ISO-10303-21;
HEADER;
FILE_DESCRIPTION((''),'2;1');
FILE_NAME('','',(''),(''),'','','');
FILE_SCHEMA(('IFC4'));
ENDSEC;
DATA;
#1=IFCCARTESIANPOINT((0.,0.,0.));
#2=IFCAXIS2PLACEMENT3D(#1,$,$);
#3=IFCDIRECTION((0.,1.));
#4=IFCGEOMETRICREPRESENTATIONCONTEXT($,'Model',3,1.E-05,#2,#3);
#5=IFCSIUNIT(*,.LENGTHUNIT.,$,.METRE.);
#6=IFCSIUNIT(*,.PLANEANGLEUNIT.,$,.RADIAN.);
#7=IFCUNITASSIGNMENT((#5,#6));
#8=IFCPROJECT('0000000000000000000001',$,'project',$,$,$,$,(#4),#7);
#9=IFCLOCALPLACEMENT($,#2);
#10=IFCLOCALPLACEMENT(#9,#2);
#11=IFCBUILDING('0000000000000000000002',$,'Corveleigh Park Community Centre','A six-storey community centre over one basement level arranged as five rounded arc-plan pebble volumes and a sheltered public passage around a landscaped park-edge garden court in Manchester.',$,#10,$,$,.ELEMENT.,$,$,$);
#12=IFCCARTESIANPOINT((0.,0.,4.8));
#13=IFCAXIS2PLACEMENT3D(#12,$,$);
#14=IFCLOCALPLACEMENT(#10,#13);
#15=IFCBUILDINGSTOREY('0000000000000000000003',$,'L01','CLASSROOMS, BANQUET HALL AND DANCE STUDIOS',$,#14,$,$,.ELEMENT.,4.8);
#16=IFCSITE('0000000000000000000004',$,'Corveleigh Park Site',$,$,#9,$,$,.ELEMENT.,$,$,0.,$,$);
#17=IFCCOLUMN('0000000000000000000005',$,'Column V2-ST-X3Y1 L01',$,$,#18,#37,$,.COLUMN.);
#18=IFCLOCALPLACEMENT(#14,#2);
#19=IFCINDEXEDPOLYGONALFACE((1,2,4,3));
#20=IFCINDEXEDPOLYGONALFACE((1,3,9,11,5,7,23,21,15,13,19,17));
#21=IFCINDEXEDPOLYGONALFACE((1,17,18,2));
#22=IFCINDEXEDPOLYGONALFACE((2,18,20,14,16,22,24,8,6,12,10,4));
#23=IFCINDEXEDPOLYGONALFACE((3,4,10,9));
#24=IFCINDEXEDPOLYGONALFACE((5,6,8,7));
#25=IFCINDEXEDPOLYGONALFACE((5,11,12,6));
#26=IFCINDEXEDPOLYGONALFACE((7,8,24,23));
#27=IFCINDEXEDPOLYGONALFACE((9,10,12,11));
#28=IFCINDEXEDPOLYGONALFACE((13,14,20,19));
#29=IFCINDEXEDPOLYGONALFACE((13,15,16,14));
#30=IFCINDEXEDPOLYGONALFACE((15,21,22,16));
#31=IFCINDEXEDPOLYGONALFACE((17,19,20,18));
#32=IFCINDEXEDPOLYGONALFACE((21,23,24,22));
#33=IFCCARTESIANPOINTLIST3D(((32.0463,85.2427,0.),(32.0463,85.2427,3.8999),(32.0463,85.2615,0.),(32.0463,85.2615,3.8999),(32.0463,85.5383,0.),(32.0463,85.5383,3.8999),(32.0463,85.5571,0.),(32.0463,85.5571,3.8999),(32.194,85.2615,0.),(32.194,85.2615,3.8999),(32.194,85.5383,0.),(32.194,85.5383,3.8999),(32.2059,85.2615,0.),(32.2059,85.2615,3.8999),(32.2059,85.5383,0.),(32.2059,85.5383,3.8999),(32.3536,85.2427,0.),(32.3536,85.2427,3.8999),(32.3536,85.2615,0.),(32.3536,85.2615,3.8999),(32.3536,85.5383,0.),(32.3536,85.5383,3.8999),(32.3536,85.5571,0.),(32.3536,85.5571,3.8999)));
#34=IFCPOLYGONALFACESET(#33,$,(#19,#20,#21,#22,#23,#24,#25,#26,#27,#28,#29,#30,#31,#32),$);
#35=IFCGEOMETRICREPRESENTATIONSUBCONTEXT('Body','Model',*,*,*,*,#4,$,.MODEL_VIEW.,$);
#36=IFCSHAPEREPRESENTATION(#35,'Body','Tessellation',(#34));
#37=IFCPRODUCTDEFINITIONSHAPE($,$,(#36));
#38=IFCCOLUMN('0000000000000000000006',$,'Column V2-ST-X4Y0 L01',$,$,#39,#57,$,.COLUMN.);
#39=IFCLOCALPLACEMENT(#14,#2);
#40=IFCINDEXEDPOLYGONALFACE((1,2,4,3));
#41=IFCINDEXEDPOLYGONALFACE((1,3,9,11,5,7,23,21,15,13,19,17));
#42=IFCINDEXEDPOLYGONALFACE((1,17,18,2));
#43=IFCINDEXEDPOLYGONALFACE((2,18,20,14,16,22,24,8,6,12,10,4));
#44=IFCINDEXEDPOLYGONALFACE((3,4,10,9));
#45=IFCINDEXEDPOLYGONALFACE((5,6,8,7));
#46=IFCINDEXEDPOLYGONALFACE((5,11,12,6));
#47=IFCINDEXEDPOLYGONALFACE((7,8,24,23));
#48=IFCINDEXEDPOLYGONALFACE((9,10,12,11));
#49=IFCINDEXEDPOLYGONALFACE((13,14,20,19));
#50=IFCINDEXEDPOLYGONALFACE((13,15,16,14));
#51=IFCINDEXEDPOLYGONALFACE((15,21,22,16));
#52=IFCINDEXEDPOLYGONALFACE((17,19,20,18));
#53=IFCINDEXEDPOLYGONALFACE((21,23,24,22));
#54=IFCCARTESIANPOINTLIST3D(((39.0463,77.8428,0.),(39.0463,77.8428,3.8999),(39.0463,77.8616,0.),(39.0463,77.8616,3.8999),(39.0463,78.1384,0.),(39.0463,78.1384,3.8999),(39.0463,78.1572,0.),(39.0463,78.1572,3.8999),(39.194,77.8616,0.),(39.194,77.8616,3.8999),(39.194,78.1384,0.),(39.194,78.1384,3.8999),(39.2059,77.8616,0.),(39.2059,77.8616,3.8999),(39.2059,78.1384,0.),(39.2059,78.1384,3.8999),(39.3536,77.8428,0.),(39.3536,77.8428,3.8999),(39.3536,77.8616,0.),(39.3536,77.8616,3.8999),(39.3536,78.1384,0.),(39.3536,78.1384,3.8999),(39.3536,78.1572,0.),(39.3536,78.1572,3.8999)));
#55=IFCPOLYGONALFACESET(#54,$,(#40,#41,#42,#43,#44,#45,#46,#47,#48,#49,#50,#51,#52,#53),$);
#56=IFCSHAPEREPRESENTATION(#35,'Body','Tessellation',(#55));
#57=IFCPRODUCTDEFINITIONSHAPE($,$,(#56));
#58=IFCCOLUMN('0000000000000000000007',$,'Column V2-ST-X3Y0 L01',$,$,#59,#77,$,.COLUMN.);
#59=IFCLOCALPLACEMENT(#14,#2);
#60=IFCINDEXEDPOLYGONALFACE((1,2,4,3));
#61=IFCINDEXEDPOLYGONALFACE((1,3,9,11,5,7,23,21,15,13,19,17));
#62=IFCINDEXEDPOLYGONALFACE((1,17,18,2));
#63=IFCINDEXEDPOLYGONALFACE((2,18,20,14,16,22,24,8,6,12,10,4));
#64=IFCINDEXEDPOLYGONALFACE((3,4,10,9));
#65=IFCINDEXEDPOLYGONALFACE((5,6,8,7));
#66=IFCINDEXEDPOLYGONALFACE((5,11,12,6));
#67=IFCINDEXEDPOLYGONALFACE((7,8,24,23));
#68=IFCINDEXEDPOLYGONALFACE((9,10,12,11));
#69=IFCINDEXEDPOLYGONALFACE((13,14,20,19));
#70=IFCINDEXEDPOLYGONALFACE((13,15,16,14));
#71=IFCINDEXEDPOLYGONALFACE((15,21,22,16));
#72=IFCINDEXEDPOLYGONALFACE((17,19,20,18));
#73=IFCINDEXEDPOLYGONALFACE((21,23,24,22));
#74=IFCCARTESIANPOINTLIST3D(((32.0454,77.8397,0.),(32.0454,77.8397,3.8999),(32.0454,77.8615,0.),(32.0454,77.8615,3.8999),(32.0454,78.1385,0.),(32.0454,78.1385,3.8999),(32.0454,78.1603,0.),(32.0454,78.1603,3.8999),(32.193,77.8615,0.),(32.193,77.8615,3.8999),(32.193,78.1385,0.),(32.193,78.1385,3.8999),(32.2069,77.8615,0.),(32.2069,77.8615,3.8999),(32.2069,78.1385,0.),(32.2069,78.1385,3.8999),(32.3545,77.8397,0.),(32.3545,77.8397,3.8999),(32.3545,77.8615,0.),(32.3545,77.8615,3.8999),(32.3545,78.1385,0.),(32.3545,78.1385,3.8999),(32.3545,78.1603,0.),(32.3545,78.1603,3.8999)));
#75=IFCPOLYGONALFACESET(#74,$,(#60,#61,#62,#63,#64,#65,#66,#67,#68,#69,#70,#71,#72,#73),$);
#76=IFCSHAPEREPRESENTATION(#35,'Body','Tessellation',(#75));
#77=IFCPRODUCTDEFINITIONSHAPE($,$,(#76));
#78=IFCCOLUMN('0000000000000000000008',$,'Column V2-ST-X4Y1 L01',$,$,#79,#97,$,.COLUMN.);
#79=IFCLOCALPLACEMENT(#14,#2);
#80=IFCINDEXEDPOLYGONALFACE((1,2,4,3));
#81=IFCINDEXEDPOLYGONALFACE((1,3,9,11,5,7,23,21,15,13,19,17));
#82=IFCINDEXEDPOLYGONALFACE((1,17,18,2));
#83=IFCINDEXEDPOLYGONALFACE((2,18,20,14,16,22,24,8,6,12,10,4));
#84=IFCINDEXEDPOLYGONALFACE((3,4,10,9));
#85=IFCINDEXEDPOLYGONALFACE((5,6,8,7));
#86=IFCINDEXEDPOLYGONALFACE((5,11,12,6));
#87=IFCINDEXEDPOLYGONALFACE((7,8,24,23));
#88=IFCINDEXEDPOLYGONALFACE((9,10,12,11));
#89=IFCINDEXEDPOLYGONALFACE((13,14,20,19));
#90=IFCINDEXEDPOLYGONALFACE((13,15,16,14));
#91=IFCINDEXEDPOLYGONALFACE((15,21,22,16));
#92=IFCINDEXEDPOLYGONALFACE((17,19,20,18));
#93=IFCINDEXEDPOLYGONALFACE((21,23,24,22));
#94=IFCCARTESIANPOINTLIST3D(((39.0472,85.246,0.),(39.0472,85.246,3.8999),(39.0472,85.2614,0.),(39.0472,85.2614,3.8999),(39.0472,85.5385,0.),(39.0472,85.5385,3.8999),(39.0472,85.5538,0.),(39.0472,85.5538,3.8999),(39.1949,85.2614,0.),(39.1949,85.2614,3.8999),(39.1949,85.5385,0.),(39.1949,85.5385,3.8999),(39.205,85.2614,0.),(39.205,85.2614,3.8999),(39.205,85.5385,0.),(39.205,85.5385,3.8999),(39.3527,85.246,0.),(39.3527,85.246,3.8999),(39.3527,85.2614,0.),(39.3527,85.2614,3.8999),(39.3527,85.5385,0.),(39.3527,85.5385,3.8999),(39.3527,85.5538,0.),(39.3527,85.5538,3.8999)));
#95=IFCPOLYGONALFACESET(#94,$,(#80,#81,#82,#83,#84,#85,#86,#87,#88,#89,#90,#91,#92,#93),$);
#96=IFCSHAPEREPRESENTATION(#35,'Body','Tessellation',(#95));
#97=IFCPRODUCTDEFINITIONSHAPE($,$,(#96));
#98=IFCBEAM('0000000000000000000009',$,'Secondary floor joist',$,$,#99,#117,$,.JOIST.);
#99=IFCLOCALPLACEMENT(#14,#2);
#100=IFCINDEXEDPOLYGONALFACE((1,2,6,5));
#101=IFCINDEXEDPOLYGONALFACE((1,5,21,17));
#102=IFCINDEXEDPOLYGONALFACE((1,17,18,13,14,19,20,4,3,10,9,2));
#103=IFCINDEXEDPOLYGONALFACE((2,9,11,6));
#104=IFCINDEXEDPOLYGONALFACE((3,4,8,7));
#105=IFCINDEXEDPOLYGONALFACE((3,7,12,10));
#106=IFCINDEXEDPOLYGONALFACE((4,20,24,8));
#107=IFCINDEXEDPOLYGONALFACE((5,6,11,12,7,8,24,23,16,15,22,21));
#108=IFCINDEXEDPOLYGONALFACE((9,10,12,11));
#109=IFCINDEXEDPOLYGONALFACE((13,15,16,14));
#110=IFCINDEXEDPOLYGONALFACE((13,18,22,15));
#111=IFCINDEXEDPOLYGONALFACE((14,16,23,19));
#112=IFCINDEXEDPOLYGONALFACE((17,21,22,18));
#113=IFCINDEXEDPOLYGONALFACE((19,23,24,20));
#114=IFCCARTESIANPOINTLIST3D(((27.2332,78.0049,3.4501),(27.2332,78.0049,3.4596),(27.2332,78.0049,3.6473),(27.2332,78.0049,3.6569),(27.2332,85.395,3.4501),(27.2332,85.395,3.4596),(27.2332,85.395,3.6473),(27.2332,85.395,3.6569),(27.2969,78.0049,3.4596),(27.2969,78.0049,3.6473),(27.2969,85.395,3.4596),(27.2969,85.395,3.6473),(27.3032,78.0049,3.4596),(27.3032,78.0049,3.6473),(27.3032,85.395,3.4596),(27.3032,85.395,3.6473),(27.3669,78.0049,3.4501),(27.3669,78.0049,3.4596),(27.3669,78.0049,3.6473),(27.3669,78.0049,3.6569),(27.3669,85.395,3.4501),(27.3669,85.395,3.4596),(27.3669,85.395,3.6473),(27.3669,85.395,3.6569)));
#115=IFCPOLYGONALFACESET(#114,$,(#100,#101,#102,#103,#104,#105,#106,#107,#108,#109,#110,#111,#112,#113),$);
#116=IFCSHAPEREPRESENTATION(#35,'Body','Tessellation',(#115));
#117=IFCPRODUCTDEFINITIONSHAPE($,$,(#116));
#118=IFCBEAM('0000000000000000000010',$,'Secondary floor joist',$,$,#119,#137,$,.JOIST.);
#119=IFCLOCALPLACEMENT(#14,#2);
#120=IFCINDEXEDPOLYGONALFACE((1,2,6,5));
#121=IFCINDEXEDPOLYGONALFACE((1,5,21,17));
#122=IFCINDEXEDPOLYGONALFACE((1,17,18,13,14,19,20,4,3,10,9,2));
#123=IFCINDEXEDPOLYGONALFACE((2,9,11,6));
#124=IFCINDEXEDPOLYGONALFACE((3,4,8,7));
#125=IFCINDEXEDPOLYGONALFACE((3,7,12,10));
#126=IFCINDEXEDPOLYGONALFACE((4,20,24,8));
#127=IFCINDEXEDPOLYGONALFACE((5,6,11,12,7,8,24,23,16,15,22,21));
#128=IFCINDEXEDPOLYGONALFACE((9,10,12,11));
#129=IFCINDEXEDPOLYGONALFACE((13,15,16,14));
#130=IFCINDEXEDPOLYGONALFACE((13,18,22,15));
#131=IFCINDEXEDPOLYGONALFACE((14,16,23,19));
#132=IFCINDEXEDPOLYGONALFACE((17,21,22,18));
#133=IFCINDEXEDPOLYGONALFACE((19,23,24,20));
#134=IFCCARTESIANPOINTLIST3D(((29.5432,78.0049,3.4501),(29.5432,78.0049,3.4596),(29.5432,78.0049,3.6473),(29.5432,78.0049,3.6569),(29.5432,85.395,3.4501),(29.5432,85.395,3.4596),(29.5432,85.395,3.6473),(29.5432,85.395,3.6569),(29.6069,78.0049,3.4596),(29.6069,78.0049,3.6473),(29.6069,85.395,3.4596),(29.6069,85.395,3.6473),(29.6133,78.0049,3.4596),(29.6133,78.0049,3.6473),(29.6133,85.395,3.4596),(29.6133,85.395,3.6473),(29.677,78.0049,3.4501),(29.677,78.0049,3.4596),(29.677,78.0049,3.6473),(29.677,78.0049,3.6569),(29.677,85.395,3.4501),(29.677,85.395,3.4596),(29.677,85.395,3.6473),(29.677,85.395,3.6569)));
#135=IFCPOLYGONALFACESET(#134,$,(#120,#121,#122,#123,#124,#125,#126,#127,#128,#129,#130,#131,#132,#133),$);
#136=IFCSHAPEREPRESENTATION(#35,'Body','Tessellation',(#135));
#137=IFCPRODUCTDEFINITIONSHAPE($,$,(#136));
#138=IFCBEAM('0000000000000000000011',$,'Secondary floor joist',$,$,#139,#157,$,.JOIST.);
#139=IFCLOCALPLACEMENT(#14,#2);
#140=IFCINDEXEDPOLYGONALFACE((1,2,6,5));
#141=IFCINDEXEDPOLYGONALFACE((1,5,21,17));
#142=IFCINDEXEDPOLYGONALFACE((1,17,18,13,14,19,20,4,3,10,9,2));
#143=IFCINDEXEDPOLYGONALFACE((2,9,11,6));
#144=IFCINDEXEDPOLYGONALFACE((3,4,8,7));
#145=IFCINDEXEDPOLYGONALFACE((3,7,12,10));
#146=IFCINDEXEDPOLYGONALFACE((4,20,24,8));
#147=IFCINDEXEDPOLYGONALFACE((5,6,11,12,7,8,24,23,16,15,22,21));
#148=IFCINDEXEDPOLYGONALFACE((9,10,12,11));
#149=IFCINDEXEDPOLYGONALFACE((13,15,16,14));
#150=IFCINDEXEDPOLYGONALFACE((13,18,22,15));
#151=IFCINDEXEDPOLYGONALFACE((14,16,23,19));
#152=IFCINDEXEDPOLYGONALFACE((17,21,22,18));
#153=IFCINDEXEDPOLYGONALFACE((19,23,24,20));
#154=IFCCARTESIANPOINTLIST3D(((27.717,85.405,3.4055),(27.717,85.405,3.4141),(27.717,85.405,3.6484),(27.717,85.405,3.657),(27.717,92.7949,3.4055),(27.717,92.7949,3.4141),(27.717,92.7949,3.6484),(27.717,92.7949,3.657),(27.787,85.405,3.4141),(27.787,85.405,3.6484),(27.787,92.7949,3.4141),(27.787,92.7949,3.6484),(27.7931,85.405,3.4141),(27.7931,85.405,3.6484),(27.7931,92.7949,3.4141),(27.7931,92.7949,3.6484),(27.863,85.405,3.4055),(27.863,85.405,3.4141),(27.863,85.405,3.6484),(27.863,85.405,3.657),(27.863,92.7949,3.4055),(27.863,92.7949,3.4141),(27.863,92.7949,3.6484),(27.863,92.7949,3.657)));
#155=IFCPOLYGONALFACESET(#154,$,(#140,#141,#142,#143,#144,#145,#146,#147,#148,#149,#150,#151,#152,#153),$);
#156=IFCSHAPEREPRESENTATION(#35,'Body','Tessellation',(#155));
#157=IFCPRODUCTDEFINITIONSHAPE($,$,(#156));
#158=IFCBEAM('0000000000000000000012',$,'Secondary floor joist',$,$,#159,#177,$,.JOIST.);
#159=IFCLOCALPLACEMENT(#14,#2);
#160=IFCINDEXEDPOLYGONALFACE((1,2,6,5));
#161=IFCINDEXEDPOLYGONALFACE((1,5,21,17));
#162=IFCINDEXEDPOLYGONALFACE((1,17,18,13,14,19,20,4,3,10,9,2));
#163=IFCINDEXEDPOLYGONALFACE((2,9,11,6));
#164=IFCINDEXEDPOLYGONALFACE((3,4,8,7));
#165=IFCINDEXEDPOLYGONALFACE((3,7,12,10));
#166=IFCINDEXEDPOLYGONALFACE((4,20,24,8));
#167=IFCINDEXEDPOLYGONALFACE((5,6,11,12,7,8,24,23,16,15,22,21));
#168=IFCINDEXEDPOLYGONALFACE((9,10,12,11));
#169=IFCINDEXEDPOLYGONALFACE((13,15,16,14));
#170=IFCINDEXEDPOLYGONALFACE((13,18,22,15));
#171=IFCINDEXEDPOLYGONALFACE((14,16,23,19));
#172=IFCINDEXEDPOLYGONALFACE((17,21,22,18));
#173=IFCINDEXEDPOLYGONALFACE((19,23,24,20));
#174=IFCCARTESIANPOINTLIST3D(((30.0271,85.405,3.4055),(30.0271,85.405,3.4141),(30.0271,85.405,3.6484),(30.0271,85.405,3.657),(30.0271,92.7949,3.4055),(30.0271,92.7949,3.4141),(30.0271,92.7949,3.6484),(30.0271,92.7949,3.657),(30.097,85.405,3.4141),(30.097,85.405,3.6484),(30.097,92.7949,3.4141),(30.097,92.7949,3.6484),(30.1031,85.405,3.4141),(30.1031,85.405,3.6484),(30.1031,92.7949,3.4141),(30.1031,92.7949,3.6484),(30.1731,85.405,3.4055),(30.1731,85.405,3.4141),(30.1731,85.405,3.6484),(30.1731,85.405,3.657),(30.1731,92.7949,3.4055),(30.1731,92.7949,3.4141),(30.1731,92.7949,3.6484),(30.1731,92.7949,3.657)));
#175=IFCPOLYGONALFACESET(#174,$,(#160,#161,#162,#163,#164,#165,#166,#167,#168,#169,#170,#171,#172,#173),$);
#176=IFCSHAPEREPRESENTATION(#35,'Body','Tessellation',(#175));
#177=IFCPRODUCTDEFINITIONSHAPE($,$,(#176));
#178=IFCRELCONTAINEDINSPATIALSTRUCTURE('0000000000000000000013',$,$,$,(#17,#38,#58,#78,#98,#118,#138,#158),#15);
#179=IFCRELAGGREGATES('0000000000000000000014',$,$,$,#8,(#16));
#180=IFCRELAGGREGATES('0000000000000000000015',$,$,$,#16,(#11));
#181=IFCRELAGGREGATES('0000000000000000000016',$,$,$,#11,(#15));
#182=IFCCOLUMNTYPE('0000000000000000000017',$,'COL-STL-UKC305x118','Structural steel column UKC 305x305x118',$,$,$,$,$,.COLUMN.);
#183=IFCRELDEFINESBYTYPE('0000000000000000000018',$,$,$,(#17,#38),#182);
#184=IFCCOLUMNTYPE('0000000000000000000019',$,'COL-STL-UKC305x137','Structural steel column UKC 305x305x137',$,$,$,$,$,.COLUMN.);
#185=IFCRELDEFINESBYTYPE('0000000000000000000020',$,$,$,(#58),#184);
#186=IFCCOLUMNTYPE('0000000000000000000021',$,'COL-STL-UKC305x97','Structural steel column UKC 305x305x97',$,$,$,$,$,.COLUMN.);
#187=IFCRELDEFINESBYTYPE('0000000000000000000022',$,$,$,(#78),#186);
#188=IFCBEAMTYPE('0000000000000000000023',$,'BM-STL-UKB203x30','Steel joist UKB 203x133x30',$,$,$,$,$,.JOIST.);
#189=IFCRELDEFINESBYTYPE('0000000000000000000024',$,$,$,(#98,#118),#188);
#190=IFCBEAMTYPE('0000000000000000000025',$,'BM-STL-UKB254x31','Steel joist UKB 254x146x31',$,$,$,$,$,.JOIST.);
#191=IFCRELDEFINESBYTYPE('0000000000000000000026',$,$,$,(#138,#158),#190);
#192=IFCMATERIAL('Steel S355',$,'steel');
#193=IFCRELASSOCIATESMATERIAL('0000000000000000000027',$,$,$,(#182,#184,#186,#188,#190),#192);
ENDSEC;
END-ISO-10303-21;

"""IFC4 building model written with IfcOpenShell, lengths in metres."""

from ifc_helpers import new_model, si_unit, direction, frame, origin, origin_2d, place, context, subcontext, project, spatial, i_section, extrude, material, material_profile, profile_set, type_object, element, save


model = new_model("IFC4")

# Units and contexts
model_context = context("Model", 3, precision=1e-05, world=origin(), true_north=direction((0.0, 1.0)))
body_context = subcontext(model_context, "Body", "Model", "MODEL_VIEW")
ifc_project = project(units=[si_unit("LENGTHUNIT", "METRE"), si_unit("PLANEANGLEUNIT", "RADIAN")], contexts=[model_context])

# Site, building, storey
site_placement = place(None, origin())
site = spatial("IfcSite", under=ifc_project, at=site_placement, Name="Corveleigh Park Site", CompositionType="ELEMENT", RefElevation=0.0)
building_placement = place(site_placement, origin())
building = spatial("IfcBuilding", under=site, at=building_placement, Name="Corveleigh Park Community Centre", Description="A six-storey community centre over one basement level arranged as five rounded arc-plan pebble volumes and a sheltered public passage around a landscaped park-edge garden court in Manchester.", CompositionType="ELEMENT")
storey_placement = place(building_placement, frame((0.0, 0.0, 4.8)))
storey = spatial("IfcBuildingStorey", under=building, at=storey_placement, Name="L01", Description="CLASSROOMS, BANQUET HALL AND DANCE STUDIOS", CompositionType="ELEMENT", Elevation=4.8)

# Columns
ifc_material_1 = material(Name="Steel S355", Category="steel")
ifc_material_profile_1 = material_profile(ifc_material_1, i_section(OverallWidth=0.3074, OverallDepth=0.3145, WebThickness=0.012, FlangeThickness=0.0188, at=origin_2d()), Name="UKC 305x305x118", Category="steel")
ifc_profile_set_1 = profile_set([ifc_material_profile_1], Name="Steel S355")
column_type_1 = type_object("IfcColumnType", Name="COL-STL-UKC305x118", Description="Structural steel column UKC 305x305x118", PredefinedType="COLUMN", material=ifc_profile_set_1)
for number, where, z_axis, x_axis, name in (
    (1, (32.2, 85.3999, 0.0), (0.0, 0.0, 1.0), (1.0, 0.0, 0.0), "Column V2-ST-X3Y1 L01"),
    (2, (39.2, 78.0, 0.0), (0.0, 0.0, 1.0), (1.0, 0.0, 0.0), "Column V2-ST-X4Y0 L01"),
):
    element("IfcColumn", number, at=place(storey_placement, frame(where, z_axis=z_axis, x_axis=x_axis)), inside=storey, type_object=column_type_1, Name=name, PredefinedType="COLUMN", context=body_context, shape_type="SweptSolid", body=[
        extrude(i_section(OverallWidth=0.3074, OverallDepth=0.3145, WebThickness=0.012, FlangeThickness=0.0188, at=origin_2d()), origin(), (0.0, 0.0, 1.0), 3.8999),
    ])
ifc_material_profile_2 = material_profile(ifc_material_1, i_section(OverallWidth=0.3091, OverallDepth=0.3206, WebThickness=0.0139, FlangeThickness=0.0217, at=origin_2d()), Name="UKC 305x305x137", Category="steel")
ifc_profile_set_2 = profile_set([ifc_material_profile_2], Name="Steel S355")
column_type_2 = type_object("IfcColumnType", Name="COL-STL-UKC305x137", Description="Structural steel column UKC 305x305x137", PredefinedType="COLUMN", material=ifc_profile_set_2)
column_1_placement = place(storey_placement, frame((32.2, 78.0, 0.0), z_axis=(0.0, 0.0, 1.0), x_axis=(1.0, 0.0, 0.0)))
element("IfcColumn", 3, at=column_1_placement, inside=storey, type_object=column_type_2, Name="Column V2-ST-X3Y0 L01", PredefinedType="COLUMN", context=body_context, shape_type="SweptSolid", body=[
    extrude(i_section(OverallWidth=0.3091, OverallDepth=0.3206, WebThickness=0.0139, FlangeThickness=0.0217, at=origin_2d()), origin(), (0.0, 0.0, 1.0), 3.8999),
])
ifc_material_profile_3 = material_profile(ifc_material_1, i_section(OverallWidth=0.3054, OverallDepth=0.3079, WebThickness=0.01, FlangeThickness=0.0154, at=origin_2d()), Name="UKC 305x305x97", Category="steel")
ifc_profile_set_3 = profile_set([ifc_material_profile_3], Name="Steel S355")
column_type_3 = type_object("IfcColumnType", Name="COL-STL-UKC305x97", Description="Structural steel column UKC 305x305x97", PredefinedType="COLUMN", material=ifc_profile_set_3)
column_2_placement = place(storey_placement, frame((39.2, 85.3999, 0.0), z_axis=(0.0, 0.0, 1.0), x_axis=(1.0, 0.0, 0.0)))
element("IfcColumn", 4, at=column_2_placement, inside=storey, type_object=column_type_3, Name="Column V2-ST-X4Y1 L01", PredefinedType="COLUMN", context=body_context, shape_type="SweptSolid", body=[
    extrude(i_section(OverallWidth=0.3054, OverallDepth=0.3079, WebThickness=0.01, FlangeThickness=0.0154, at=origin_2d()), origin(), (0.0, 0.0, 1.0), 3.8999),
])

# Beams
ifc_material_profile_4 = material_profile(ifc_material_1, i_section(OverallWidth=0.1338, OverallDepth=0.2068, WebThickness=0.0063, FlangeThickness=0.0095, at=origin_2d()), Name="UKB 203x133x30", Category="steel")
ifc_profile_set_4 = profile_set([ifc_material_profile_4], Name="Steel S355")
beam_type_1 = type_object("IfcBeamType", Name="BM-STL-UKB203x30", Description="Steel joist UKB 203x133x30", PredefinedType="JOIST", material=ifc_profile_set_4)
for number, where, z_axis, x_axis, name in (
    (5, (27.3, 78.0049, 3.5535), (0.0, 1.0, 0.0), (-1.0, 0.0, 0.0), "Secondary floor joist"),
    (6, (29.6101, 78.0049, 3.5535), (0.0, 1.0, 0.0), (-1.0, 0.0, 0.0), "Secondary floor joist"),
):
    element("IfcBeam", number, at=place(storey_placement, frame(where, z_axis=z_axis, x_axis=x_axis)), inside=storey, type_object=beam_type_1, Name=name, PredefinedType="JOIST", context=body_context, shape_type="SweptSolid", body=[
        extrude(i_section(OverallWidth=0.1338, OverallDepth=0.2068, WebThickness=0.0063, FlangeThickness=0.0095, at=origin_2d()), origin(), (0.0, 0.0, 1.0), 7.3901),
    ])
ifc_material_profile_5 = material_profile(ifc_material_1, i_section(OverallWidth=0.146, OverallDepth=0.2515, WebThickness=0.0061, FlangeThickness=0.0085, at=origin_2d()), Name="UKB 254x146x31", Category="steel")
ifc_profile_set_5 = profile_set([ifc_material_profile_5], Name="Steel S355")
beam_type_2 = type_object("IfcBeamType", Name="BM-STL-UKB254x31", Description="Steel joist UKB 254x146x31", PredefinedType="JOIST", material=ifc_profile_set_5)
for number, where, z_axis, x_axis, name in (
    (7, (27.79, 85.405, 3.5312), (0.0, 1.0, 0.0), (-1.0, 0.0, 0.0), "Secondary floor joist"),
    (8, (30.1001, 85.405, 3.5312), (0.0, 1.0, 0.0), (-1.0, 0.0, 0.0), "Secondary floor joist"),
):
    element("IfcBeam", number, at=place(storey_placement, frame(where, z_axis=z_axis, x_axis=x_axis)), inside=storey, type_object=beam_type_2, Name=name, PredefinedType="JOIST", context=body_context, shape_type="SweptSolid", body=[
        extrude(i_section(OverallWidth=0.146, OverallDepth=0.2515, WebThickness=0.0061, FlangeThickness=0.0085, at=origin_2d()), origin(), (0.0, 0.0, 1.0), 7.3899),
    ])

save(model, "model.ifc")
